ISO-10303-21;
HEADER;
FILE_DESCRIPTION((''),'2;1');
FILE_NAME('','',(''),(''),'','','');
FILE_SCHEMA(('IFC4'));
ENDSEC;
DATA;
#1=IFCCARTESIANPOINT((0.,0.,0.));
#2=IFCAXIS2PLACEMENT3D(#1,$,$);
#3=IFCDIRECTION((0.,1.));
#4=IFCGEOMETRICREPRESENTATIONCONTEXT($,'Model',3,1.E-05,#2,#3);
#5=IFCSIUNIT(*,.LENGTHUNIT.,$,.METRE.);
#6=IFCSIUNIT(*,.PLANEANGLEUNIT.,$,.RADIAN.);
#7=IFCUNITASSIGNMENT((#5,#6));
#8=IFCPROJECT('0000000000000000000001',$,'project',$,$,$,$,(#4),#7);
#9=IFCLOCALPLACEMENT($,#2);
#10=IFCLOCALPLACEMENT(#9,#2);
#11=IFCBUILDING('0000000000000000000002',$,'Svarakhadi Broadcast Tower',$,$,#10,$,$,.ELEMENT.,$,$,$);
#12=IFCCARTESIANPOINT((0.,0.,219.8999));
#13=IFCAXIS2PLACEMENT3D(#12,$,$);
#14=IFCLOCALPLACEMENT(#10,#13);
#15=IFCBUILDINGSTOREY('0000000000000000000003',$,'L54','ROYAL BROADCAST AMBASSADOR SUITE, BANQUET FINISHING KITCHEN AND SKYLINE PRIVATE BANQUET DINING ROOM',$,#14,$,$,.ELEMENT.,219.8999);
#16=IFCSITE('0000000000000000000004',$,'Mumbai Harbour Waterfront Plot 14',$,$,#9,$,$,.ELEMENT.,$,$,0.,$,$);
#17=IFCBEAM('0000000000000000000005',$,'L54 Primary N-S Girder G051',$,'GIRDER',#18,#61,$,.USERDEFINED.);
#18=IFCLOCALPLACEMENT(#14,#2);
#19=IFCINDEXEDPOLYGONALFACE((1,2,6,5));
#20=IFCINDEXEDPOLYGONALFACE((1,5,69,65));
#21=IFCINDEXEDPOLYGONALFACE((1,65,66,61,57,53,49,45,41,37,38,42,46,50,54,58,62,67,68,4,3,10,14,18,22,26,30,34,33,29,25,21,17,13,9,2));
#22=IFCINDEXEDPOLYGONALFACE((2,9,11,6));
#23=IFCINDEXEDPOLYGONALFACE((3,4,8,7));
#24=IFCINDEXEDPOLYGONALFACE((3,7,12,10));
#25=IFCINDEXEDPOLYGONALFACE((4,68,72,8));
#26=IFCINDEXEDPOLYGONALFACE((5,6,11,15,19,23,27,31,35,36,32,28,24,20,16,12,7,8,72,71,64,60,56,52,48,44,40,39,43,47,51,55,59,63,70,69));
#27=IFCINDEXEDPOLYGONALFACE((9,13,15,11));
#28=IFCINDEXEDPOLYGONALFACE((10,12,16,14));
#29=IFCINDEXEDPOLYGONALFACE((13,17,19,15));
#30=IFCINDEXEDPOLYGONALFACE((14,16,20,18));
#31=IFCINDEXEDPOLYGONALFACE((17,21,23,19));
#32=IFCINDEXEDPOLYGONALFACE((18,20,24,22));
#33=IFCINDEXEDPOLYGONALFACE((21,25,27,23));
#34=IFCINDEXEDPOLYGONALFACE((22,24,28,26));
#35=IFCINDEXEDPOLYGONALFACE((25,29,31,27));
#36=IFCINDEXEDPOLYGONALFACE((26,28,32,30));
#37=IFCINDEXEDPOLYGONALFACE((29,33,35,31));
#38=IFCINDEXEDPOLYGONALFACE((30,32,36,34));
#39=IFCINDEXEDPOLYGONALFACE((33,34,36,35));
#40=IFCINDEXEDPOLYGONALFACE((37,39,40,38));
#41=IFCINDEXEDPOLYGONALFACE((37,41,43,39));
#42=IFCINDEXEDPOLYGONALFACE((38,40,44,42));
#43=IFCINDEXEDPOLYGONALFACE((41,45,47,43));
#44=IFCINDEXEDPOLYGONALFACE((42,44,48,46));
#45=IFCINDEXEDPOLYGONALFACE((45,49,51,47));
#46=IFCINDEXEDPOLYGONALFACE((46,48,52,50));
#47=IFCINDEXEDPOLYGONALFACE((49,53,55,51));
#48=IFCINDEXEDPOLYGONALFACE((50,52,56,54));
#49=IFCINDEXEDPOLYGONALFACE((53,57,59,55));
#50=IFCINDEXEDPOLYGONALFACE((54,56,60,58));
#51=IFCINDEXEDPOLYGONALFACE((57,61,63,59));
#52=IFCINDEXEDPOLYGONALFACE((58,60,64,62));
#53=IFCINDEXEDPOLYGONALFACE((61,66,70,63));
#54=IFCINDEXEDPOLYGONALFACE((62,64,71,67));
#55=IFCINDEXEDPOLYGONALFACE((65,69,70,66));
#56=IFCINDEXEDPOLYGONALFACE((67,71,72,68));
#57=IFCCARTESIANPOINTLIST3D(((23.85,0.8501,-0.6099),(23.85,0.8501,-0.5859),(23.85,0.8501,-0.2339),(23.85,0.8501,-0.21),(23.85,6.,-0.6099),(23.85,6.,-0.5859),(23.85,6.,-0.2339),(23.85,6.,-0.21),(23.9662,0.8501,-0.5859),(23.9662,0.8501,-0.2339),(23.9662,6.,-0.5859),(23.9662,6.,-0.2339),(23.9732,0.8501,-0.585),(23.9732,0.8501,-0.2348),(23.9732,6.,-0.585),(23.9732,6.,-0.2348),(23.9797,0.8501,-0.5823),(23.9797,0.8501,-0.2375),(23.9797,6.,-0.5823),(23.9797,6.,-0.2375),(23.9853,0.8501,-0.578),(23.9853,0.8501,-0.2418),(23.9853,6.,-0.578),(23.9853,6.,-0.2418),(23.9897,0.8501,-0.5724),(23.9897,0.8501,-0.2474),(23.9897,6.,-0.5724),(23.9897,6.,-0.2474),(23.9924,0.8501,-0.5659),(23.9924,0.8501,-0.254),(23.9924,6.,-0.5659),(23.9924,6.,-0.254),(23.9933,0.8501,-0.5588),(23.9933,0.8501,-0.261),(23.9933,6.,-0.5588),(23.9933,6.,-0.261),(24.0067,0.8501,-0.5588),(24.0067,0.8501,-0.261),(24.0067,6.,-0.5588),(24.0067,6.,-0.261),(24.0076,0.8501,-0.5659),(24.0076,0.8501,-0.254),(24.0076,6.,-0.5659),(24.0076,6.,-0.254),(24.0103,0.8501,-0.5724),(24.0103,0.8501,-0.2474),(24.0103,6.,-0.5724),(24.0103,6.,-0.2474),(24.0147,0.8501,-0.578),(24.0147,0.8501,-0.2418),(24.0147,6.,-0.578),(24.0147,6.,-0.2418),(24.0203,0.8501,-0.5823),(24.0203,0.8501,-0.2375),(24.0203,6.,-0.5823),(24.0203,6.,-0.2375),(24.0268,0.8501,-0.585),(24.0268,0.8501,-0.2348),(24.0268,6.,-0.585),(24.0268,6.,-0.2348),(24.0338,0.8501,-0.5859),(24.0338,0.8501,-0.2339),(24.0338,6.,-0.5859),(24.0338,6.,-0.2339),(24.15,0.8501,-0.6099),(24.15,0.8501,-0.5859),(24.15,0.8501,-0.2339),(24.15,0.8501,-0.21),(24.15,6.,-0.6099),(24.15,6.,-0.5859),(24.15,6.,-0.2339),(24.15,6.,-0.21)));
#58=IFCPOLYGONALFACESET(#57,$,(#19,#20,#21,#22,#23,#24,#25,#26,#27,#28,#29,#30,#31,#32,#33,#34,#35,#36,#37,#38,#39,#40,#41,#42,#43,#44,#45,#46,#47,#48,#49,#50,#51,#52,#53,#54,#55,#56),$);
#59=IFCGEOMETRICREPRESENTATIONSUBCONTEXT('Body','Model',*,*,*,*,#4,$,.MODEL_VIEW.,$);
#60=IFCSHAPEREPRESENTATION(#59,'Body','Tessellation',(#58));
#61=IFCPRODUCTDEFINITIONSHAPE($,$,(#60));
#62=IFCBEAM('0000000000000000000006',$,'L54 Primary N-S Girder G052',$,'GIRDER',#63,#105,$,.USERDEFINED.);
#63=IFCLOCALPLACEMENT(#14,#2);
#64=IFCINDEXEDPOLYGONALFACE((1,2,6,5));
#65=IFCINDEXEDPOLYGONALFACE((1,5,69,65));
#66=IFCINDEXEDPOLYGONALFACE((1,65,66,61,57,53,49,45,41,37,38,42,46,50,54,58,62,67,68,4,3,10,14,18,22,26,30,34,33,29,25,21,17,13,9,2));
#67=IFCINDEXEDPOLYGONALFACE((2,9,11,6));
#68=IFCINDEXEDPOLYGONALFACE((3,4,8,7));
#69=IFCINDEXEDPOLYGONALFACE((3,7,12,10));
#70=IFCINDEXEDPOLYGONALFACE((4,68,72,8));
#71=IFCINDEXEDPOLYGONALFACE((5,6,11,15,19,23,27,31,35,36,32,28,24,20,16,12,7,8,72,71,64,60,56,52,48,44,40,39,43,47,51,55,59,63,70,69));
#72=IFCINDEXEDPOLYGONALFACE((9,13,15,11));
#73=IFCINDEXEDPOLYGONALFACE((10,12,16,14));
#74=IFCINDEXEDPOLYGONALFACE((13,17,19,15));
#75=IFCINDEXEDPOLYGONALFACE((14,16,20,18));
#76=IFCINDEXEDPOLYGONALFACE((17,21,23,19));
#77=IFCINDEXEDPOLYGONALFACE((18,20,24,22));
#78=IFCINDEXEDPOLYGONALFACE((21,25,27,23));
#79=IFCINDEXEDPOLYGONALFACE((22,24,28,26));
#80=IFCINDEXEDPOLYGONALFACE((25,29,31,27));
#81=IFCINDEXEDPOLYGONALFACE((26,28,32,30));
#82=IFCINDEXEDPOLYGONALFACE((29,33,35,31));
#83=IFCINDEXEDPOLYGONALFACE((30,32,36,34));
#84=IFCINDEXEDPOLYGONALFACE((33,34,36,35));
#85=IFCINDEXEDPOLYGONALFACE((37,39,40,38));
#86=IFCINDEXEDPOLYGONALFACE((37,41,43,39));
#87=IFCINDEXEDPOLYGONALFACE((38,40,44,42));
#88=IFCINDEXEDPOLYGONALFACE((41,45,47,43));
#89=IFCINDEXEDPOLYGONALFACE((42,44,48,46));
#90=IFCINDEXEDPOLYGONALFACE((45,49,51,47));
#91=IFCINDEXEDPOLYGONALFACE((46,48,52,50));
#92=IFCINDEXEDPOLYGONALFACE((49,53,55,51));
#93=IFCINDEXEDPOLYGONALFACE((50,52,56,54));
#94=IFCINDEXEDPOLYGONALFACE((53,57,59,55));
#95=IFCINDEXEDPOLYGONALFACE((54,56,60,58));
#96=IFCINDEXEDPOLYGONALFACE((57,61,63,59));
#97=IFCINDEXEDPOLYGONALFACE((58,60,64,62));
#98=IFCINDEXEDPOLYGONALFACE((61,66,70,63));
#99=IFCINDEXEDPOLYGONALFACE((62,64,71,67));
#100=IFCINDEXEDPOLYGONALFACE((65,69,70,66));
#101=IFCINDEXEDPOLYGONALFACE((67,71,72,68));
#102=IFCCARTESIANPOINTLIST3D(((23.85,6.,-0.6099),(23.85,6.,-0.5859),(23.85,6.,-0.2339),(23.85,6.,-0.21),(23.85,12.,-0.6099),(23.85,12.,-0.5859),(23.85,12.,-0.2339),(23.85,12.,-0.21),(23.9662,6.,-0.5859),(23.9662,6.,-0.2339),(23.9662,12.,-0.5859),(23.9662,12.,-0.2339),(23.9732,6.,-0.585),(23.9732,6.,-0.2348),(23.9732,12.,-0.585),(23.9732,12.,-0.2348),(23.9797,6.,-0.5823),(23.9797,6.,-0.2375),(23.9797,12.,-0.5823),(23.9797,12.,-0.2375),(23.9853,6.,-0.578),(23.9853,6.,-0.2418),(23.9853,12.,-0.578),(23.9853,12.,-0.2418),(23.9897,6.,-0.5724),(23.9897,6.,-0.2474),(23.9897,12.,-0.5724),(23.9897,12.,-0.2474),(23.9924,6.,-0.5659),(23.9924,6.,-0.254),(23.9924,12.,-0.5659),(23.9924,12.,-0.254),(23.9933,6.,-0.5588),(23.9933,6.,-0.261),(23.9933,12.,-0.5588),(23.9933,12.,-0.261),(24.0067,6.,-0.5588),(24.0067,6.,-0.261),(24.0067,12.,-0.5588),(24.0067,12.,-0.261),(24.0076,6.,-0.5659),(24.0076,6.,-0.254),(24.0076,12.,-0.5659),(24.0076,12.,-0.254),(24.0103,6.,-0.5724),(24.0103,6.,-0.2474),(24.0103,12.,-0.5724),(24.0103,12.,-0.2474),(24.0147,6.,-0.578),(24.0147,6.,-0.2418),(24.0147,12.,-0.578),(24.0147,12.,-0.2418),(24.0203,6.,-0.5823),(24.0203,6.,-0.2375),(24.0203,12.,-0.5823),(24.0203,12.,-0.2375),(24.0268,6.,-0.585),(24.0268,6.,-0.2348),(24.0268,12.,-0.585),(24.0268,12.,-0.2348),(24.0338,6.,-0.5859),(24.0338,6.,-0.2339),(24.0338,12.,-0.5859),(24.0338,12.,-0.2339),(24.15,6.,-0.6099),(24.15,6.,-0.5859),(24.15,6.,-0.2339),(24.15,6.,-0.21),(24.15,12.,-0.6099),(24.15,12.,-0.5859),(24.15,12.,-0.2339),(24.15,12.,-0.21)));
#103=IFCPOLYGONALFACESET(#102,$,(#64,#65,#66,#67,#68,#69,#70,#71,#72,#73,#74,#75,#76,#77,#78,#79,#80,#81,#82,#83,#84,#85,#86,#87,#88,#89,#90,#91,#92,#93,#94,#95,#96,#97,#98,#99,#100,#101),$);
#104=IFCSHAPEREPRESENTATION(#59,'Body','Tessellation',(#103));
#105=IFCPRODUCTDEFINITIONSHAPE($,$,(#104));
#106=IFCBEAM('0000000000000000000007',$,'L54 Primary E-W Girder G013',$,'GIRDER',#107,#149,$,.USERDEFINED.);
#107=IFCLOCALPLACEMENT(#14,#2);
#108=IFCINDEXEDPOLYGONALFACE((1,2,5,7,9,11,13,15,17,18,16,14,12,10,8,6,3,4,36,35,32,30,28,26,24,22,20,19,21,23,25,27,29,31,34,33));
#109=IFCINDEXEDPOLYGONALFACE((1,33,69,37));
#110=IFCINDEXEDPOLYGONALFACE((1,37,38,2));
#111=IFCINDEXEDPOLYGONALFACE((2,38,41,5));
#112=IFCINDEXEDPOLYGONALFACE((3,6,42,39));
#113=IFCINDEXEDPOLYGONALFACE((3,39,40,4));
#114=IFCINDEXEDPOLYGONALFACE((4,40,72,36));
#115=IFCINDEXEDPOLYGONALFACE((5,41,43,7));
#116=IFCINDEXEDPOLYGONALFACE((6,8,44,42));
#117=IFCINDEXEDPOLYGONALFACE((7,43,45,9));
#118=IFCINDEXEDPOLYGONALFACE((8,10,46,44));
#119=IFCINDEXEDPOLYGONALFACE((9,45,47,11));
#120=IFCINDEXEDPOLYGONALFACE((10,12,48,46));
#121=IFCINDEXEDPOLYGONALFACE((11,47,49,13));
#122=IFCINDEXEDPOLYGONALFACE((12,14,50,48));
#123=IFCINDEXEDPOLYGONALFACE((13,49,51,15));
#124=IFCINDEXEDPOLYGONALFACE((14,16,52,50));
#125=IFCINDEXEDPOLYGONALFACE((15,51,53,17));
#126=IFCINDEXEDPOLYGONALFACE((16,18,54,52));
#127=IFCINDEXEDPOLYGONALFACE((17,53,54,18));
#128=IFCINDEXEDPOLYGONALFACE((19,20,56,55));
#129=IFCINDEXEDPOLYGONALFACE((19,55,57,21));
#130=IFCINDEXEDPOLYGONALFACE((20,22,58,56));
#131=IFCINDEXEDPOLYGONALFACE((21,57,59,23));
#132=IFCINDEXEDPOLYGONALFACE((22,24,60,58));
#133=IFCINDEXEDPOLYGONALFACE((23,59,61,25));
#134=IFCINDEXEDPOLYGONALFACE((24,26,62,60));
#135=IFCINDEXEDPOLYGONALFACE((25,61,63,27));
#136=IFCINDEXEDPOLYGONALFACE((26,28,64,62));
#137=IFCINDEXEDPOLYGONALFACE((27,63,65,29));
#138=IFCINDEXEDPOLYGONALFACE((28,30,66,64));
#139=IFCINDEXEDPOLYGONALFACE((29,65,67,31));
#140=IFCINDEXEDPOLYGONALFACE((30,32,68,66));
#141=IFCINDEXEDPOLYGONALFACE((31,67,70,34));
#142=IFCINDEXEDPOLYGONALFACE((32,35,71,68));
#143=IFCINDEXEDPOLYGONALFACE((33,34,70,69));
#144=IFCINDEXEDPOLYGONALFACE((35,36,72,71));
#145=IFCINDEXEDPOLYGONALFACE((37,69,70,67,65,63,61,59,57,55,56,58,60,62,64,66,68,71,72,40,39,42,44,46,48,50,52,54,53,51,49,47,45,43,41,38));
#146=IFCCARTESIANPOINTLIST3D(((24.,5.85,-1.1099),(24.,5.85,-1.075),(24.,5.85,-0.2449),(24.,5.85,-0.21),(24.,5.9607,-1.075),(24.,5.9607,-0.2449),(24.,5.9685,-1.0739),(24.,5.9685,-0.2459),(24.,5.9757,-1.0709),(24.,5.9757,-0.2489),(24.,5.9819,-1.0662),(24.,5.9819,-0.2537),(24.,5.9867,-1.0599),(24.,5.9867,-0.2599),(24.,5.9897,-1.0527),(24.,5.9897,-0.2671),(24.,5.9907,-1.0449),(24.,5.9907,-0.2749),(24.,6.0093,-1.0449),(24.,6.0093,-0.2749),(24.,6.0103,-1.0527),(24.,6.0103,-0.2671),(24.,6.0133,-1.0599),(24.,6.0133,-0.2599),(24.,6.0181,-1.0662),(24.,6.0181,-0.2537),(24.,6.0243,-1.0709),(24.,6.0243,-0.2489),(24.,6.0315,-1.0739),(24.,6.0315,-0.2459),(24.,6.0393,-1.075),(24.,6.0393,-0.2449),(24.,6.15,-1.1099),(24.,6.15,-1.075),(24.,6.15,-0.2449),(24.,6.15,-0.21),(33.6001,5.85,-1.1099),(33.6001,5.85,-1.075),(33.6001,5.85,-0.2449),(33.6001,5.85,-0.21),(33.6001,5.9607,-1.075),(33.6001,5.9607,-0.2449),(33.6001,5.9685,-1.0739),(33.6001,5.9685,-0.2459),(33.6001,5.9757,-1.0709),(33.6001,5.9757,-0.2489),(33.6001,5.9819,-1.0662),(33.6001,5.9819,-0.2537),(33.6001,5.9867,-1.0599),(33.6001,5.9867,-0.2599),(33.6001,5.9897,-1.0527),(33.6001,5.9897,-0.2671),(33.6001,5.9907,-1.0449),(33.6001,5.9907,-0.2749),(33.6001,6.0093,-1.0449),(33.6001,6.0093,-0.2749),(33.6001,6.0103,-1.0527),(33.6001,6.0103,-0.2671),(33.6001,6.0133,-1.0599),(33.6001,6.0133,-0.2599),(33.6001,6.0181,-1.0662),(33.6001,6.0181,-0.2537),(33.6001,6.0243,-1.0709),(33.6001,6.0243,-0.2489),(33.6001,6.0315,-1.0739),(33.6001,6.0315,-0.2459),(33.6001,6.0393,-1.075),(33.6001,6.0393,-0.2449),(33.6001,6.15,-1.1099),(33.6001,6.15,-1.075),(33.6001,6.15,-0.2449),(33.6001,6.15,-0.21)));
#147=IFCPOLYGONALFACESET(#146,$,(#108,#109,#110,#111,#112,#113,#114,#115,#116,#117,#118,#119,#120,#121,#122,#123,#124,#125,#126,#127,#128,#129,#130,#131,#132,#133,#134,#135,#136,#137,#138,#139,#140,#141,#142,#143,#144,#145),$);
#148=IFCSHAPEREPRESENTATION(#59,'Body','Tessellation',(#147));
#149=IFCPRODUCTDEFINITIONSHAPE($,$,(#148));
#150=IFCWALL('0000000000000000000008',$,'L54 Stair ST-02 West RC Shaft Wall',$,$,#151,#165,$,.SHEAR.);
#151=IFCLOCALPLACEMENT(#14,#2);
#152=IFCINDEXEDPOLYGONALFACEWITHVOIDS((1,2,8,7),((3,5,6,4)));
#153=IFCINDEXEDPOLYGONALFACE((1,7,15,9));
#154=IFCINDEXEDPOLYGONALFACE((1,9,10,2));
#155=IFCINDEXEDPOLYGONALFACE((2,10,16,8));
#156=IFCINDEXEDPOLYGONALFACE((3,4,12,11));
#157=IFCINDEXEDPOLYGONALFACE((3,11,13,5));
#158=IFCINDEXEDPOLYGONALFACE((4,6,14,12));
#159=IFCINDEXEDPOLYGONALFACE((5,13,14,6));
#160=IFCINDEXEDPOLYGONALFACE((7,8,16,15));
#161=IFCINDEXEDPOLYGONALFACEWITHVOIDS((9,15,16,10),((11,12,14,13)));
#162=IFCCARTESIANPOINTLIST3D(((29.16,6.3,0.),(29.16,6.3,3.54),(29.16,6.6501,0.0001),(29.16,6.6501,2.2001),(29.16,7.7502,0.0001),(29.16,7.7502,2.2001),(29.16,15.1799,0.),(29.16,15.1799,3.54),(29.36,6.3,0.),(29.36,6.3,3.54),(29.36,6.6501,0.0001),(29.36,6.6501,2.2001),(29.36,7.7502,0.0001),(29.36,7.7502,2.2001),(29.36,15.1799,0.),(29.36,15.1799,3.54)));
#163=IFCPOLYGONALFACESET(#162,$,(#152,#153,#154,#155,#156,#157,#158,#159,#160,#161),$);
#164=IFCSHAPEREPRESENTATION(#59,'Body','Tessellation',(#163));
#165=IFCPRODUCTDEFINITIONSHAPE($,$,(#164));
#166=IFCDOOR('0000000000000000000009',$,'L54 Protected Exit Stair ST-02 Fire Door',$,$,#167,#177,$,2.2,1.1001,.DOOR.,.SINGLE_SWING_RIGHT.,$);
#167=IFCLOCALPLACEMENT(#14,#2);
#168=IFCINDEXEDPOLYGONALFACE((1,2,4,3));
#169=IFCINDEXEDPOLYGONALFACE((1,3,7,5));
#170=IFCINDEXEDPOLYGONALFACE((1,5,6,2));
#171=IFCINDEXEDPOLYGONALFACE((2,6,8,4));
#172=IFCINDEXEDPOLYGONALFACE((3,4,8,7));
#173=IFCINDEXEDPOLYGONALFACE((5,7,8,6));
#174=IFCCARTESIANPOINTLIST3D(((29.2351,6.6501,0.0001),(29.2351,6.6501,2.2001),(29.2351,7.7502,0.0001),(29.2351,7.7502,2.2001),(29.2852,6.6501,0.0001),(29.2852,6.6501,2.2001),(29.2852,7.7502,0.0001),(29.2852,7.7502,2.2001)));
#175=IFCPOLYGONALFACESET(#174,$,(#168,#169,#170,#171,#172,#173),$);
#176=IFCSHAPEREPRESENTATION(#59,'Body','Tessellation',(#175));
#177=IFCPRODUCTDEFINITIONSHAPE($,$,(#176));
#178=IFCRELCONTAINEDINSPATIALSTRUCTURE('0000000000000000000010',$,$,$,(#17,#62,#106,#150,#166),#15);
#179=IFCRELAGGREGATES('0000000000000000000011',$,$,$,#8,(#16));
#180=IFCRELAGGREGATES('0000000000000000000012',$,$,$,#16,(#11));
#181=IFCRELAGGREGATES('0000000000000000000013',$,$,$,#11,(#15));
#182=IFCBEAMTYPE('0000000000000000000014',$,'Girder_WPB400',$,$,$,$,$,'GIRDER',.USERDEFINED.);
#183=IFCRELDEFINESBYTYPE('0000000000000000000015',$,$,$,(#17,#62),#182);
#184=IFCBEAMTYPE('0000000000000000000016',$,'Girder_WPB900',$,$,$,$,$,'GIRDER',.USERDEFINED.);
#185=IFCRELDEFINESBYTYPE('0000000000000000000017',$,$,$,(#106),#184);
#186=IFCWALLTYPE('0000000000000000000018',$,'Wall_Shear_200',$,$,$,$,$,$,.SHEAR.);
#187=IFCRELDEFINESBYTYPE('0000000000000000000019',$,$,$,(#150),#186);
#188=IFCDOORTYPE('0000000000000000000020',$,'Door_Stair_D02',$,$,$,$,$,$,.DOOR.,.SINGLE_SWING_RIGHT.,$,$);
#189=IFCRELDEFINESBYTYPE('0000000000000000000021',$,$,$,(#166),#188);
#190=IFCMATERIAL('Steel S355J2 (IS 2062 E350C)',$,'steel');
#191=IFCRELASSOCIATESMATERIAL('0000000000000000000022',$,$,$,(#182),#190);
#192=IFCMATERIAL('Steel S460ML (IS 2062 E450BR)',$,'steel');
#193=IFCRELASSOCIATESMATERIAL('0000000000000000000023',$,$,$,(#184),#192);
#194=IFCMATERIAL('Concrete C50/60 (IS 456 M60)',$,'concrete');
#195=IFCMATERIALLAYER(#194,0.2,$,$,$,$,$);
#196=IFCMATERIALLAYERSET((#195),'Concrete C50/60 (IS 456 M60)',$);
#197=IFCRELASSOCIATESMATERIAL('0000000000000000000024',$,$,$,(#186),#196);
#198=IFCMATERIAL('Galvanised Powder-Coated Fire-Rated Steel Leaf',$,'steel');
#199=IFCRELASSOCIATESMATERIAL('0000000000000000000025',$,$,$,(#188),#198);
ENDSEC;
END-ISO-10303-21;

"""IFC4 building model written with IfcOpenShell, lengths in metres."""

from ifc_helpers import new_model, si_unit, direction, frame, frame_2d, origin, origin_2d, place, context, subcontext, project, spatial, rectangle, i_section, extrude, material, layer, layer_set, material_profile, profile_set, type_object, element, fill, save


model = new_model("IFC4")

# Units and contexts
model_context = context("Model", 3, precision=1e-05, world=origin(), true_north=direction((0.0, 1.0)))
body_context = subcontext(model_context, "Body", "Model", "MODEL_VIEW")
ifc_project = project(units=[si_unit("LENGTHUNIT", "METRE"), si_unit("PLANEANGLEUNIT", "RADIAN")], contexts=[model_context])

# Site, building, storey
site_placement = place(None, origin())
site = spatial("IfcSite", under=ifc_project, at=site_placement, Name="Mumbai Harbour Waterfront Plot 14", CompositionType="ELEMENT", RefElevation=0.0)
building_placement = place(site_placement, origin())
building = spatial("IfcBuilding", under=site, at=building_placement, Name="Svarakhadi Broadcast Tower", CompositionType="ELEMENT")
storey_placement = place(building_placement, frame((0.0, 0.0, 219.8999)))
storey = spatial("IfcBuildingStorey", under=building, at=storey_placement, Name="L54", Description="ROYAL BROADCAST AMBASSADOR SUITE, BANQUET FINISHING KITCHEN AND SKYLINE PRIVATE BANQUET DINING ROOM", CompositionType="ELEMENT", Elevation=219.8999)

# Shared definitions
ifc_material_1 = material(Name="Concrete C50/60 (IS 456 M60)", Category="concrete")
ifc_material_2 = material(Name="Steel S460ML (IS 2062 E450BR)", Category="steel")

# Beams
ifc_material_3 = material(Name="Steel S355J2 (IS 2062 E350C)", Category="steel")
ifc_material_profile_1 = material_profile(ifc_material_3, i_section(OverallWidth=0.3, OverallDepth=0.3999, WebThickness=0.0134, FlangeThickness=0.0239, FilletRadius=0.0271, at=origin_2d()), Name="WPB 400x300x155")
ifc_profile_set_1 = profile_set([ifc_material_profile_1], Name="Steel S355J2 (IS 2062 E350C)")
beam_type_1 = type_object("IfcBeamType", Name="Girder_WPB400", ElementType="GIRDER", PredefinedType="USERDEFINED", material=ifc_profile_set_1)
beam_1_placement = place(storey_placement, frame((24.0, 0.8501, -0.4099), z_axis=(0.0, 1.0, 0.0), x_axis=(-1.0, 0.0, 0.0)))
element("IfcBeam", 1, at=beam_1_placement, inside=storey, type_object=beam_type_1, Name="L54 Primary N-S Girder G051", ObjectType="GIRDER", PredefinedType="USERDEFINED", context=body_context, shape_type="SweptSolid", body=[
    extrude(i_section(OverallWidth=0.3, OverallDepth=0.3999, WebThickness=0.0134, FlangeThickness=0.0239, FilletRadius=0.0271, at=origin_2d()), origin(), (0.0, 0.0, 1.0), 5.1499),
])
beam_2_placement = place(storey_placement, frame((24.0, 6.0, -0.4099), z_axis=(0.0, 1.0, 0.0), x_axis=(-1.0, 0.0, 0.0)))
element("IfcBeam", 2, at=beam_2_placement, inside=storey, type_object=beam_type_1, Name="L54 Primary N-S Girder G052", ObjectType="GIRDER", PredefinedType="USERDEFINED", context=body_context, shape_type="SweptSolid", body=[
    extrude(i_section(OverallWidth=0.3, OverallDepth=0.3999, WebThickness=0.0134, FlangeThickness=0.0239, FilletRadius=0.0271, at=origin_2d()), origin(), (0.0, 0.0, 1.0), 6.0),
])
ifc_material_profile_2 = material_profile(ifc_material_2, i_section(OverallWidth=0.3, OverallDepth=0.8999, WebThickness=0.0186, FlangeThickness=0.0349, FilletRadius=0.03, at=origin_2d()), Name="WPB 900x300x291")
ifc_profile_set_2 = profile_set([ifc_material_profile_2], Name="Steel S460ML (IS 2062 E450BR)")
beam_type_2 = type_object("IfcBeamType", Name="Girder_WPB900", ElementType="GIRDER", PredefinedType="USERDEFINED", material=ifc_profile_set_2)
beam_3_placement = place(storey_placement, frame((24.0, 6.0, -0.6599), z_axis=(1.0, 0.0, 0.0), x_axis=(0.0, 1.0, 0.0)))
element("IfcBeam", 3, at=beam_3_placement, inside=storey, type_object=beam_type_2, Name="L54 Primary E-W Girder G013", ObjectType="GIRDER", PredefinedType="USERDEFINED", context=body_context, shape_type="SweptSolid", body=[
    extrude(i_section(OverallWidth=0.3, OverallDepth=0.8999, WebThickness=0.0186, FlangeThickness=0.0349, FilletRadius=0.03, at=origin_2d()), origin(), (0.0, 0.0, 1.0), 9.6001),
])

# Wall, opening, door
ifc_layer_1 = layer(ifc_material_1, 0.2)
ifc_layer_set_1 = layer_set([ifc_layer_1], Name="Concrete C50/60 (IS 456 M60)")
wall_type_1 = type_object("IfcWallType", Name="Wall_Shear_200", PredefinedType="SHEAR", material=ifc_layer_set_1)
wall_1_placement = place(storey_placement, frame((29.26, 6.3, 0.0), z_axis=(0.0, 0.0, 1.0), x_axis=(0.0, 1.0, 0.0)))
wall_1 = element("IfcWall", 4, at=wall_1_placement, inside=storey, type_object=wall_type_1, Name="L54 Stair ST-02 West RC Shaft Wall", PredefinedType="SHEAR", context=body_context, shape_type="SweptSolid", body=[
    extrude(rectangle(XDim=8.8799, YDim=0.2, at=frame_2d((4.4399, 0.0))), origin(), (0.0, 0.0, 1.0), 3.54),
])
opening_1_placement = place(wall_1_placement, frame((0.3501, 0.0, 0.0)))
opening_1 = element("IfcOpeningElement", 5, at=opening_1_placement, cuts=wall_1, PredefinedType="OPENING", context=body_context, shape_type="SweptSolid", body=[
    extrude(rectangle(XDim=1.1001, YDim=2.2, at=frame_2d((0.55, 1.1001))), frame((0.0, 0.1099, 0.0), z_axis=(0.0, -1.0, 0.0), x_axis=(1.0, 0.0, 0.0)), (0.0, 0.0, 1.0), 0.22),
])
ifc_material_4 = material(Name="Galvanised Powder-Coated Fire-Rated Steel Leaf", Category="steel")
door_type_1 = type_object("IfcDoorType", Name="Door_Stair_D02", OperationType="SINGLE_SWING_RIGHT", PredefinedType="DOOR", material=ifc_material_4)
door_1_placement = place(opening_1_placement, origin())
door_1 = element("IfcDoor", 6, at=door_1_placement, inside=storey, type_object=door_type_1, Name="L54 Protected Exit Stair ST-02 Fire Door", OperationType="SINGLE_SWING_RIGHT", OverallHeight=2.2, OverallWidth=1.1001, PredefinedType="DOOR", context=body_context, shape_type="SweptSolid", body=[
    extrude(rectangle(XDim=1.1001, YDim=2.2, at=frame_2d((0.55, 1.1001))), frame((0.0, 0.0249, 0.0), z_axis=(0.0, -1.0, 0.0), x_axis=(1.0, 0.0, 0.0)), (0.0, 0.0, 1.0), 0.05),
])
fill(opening_1, door_1)

save(model, "model.ifc")
